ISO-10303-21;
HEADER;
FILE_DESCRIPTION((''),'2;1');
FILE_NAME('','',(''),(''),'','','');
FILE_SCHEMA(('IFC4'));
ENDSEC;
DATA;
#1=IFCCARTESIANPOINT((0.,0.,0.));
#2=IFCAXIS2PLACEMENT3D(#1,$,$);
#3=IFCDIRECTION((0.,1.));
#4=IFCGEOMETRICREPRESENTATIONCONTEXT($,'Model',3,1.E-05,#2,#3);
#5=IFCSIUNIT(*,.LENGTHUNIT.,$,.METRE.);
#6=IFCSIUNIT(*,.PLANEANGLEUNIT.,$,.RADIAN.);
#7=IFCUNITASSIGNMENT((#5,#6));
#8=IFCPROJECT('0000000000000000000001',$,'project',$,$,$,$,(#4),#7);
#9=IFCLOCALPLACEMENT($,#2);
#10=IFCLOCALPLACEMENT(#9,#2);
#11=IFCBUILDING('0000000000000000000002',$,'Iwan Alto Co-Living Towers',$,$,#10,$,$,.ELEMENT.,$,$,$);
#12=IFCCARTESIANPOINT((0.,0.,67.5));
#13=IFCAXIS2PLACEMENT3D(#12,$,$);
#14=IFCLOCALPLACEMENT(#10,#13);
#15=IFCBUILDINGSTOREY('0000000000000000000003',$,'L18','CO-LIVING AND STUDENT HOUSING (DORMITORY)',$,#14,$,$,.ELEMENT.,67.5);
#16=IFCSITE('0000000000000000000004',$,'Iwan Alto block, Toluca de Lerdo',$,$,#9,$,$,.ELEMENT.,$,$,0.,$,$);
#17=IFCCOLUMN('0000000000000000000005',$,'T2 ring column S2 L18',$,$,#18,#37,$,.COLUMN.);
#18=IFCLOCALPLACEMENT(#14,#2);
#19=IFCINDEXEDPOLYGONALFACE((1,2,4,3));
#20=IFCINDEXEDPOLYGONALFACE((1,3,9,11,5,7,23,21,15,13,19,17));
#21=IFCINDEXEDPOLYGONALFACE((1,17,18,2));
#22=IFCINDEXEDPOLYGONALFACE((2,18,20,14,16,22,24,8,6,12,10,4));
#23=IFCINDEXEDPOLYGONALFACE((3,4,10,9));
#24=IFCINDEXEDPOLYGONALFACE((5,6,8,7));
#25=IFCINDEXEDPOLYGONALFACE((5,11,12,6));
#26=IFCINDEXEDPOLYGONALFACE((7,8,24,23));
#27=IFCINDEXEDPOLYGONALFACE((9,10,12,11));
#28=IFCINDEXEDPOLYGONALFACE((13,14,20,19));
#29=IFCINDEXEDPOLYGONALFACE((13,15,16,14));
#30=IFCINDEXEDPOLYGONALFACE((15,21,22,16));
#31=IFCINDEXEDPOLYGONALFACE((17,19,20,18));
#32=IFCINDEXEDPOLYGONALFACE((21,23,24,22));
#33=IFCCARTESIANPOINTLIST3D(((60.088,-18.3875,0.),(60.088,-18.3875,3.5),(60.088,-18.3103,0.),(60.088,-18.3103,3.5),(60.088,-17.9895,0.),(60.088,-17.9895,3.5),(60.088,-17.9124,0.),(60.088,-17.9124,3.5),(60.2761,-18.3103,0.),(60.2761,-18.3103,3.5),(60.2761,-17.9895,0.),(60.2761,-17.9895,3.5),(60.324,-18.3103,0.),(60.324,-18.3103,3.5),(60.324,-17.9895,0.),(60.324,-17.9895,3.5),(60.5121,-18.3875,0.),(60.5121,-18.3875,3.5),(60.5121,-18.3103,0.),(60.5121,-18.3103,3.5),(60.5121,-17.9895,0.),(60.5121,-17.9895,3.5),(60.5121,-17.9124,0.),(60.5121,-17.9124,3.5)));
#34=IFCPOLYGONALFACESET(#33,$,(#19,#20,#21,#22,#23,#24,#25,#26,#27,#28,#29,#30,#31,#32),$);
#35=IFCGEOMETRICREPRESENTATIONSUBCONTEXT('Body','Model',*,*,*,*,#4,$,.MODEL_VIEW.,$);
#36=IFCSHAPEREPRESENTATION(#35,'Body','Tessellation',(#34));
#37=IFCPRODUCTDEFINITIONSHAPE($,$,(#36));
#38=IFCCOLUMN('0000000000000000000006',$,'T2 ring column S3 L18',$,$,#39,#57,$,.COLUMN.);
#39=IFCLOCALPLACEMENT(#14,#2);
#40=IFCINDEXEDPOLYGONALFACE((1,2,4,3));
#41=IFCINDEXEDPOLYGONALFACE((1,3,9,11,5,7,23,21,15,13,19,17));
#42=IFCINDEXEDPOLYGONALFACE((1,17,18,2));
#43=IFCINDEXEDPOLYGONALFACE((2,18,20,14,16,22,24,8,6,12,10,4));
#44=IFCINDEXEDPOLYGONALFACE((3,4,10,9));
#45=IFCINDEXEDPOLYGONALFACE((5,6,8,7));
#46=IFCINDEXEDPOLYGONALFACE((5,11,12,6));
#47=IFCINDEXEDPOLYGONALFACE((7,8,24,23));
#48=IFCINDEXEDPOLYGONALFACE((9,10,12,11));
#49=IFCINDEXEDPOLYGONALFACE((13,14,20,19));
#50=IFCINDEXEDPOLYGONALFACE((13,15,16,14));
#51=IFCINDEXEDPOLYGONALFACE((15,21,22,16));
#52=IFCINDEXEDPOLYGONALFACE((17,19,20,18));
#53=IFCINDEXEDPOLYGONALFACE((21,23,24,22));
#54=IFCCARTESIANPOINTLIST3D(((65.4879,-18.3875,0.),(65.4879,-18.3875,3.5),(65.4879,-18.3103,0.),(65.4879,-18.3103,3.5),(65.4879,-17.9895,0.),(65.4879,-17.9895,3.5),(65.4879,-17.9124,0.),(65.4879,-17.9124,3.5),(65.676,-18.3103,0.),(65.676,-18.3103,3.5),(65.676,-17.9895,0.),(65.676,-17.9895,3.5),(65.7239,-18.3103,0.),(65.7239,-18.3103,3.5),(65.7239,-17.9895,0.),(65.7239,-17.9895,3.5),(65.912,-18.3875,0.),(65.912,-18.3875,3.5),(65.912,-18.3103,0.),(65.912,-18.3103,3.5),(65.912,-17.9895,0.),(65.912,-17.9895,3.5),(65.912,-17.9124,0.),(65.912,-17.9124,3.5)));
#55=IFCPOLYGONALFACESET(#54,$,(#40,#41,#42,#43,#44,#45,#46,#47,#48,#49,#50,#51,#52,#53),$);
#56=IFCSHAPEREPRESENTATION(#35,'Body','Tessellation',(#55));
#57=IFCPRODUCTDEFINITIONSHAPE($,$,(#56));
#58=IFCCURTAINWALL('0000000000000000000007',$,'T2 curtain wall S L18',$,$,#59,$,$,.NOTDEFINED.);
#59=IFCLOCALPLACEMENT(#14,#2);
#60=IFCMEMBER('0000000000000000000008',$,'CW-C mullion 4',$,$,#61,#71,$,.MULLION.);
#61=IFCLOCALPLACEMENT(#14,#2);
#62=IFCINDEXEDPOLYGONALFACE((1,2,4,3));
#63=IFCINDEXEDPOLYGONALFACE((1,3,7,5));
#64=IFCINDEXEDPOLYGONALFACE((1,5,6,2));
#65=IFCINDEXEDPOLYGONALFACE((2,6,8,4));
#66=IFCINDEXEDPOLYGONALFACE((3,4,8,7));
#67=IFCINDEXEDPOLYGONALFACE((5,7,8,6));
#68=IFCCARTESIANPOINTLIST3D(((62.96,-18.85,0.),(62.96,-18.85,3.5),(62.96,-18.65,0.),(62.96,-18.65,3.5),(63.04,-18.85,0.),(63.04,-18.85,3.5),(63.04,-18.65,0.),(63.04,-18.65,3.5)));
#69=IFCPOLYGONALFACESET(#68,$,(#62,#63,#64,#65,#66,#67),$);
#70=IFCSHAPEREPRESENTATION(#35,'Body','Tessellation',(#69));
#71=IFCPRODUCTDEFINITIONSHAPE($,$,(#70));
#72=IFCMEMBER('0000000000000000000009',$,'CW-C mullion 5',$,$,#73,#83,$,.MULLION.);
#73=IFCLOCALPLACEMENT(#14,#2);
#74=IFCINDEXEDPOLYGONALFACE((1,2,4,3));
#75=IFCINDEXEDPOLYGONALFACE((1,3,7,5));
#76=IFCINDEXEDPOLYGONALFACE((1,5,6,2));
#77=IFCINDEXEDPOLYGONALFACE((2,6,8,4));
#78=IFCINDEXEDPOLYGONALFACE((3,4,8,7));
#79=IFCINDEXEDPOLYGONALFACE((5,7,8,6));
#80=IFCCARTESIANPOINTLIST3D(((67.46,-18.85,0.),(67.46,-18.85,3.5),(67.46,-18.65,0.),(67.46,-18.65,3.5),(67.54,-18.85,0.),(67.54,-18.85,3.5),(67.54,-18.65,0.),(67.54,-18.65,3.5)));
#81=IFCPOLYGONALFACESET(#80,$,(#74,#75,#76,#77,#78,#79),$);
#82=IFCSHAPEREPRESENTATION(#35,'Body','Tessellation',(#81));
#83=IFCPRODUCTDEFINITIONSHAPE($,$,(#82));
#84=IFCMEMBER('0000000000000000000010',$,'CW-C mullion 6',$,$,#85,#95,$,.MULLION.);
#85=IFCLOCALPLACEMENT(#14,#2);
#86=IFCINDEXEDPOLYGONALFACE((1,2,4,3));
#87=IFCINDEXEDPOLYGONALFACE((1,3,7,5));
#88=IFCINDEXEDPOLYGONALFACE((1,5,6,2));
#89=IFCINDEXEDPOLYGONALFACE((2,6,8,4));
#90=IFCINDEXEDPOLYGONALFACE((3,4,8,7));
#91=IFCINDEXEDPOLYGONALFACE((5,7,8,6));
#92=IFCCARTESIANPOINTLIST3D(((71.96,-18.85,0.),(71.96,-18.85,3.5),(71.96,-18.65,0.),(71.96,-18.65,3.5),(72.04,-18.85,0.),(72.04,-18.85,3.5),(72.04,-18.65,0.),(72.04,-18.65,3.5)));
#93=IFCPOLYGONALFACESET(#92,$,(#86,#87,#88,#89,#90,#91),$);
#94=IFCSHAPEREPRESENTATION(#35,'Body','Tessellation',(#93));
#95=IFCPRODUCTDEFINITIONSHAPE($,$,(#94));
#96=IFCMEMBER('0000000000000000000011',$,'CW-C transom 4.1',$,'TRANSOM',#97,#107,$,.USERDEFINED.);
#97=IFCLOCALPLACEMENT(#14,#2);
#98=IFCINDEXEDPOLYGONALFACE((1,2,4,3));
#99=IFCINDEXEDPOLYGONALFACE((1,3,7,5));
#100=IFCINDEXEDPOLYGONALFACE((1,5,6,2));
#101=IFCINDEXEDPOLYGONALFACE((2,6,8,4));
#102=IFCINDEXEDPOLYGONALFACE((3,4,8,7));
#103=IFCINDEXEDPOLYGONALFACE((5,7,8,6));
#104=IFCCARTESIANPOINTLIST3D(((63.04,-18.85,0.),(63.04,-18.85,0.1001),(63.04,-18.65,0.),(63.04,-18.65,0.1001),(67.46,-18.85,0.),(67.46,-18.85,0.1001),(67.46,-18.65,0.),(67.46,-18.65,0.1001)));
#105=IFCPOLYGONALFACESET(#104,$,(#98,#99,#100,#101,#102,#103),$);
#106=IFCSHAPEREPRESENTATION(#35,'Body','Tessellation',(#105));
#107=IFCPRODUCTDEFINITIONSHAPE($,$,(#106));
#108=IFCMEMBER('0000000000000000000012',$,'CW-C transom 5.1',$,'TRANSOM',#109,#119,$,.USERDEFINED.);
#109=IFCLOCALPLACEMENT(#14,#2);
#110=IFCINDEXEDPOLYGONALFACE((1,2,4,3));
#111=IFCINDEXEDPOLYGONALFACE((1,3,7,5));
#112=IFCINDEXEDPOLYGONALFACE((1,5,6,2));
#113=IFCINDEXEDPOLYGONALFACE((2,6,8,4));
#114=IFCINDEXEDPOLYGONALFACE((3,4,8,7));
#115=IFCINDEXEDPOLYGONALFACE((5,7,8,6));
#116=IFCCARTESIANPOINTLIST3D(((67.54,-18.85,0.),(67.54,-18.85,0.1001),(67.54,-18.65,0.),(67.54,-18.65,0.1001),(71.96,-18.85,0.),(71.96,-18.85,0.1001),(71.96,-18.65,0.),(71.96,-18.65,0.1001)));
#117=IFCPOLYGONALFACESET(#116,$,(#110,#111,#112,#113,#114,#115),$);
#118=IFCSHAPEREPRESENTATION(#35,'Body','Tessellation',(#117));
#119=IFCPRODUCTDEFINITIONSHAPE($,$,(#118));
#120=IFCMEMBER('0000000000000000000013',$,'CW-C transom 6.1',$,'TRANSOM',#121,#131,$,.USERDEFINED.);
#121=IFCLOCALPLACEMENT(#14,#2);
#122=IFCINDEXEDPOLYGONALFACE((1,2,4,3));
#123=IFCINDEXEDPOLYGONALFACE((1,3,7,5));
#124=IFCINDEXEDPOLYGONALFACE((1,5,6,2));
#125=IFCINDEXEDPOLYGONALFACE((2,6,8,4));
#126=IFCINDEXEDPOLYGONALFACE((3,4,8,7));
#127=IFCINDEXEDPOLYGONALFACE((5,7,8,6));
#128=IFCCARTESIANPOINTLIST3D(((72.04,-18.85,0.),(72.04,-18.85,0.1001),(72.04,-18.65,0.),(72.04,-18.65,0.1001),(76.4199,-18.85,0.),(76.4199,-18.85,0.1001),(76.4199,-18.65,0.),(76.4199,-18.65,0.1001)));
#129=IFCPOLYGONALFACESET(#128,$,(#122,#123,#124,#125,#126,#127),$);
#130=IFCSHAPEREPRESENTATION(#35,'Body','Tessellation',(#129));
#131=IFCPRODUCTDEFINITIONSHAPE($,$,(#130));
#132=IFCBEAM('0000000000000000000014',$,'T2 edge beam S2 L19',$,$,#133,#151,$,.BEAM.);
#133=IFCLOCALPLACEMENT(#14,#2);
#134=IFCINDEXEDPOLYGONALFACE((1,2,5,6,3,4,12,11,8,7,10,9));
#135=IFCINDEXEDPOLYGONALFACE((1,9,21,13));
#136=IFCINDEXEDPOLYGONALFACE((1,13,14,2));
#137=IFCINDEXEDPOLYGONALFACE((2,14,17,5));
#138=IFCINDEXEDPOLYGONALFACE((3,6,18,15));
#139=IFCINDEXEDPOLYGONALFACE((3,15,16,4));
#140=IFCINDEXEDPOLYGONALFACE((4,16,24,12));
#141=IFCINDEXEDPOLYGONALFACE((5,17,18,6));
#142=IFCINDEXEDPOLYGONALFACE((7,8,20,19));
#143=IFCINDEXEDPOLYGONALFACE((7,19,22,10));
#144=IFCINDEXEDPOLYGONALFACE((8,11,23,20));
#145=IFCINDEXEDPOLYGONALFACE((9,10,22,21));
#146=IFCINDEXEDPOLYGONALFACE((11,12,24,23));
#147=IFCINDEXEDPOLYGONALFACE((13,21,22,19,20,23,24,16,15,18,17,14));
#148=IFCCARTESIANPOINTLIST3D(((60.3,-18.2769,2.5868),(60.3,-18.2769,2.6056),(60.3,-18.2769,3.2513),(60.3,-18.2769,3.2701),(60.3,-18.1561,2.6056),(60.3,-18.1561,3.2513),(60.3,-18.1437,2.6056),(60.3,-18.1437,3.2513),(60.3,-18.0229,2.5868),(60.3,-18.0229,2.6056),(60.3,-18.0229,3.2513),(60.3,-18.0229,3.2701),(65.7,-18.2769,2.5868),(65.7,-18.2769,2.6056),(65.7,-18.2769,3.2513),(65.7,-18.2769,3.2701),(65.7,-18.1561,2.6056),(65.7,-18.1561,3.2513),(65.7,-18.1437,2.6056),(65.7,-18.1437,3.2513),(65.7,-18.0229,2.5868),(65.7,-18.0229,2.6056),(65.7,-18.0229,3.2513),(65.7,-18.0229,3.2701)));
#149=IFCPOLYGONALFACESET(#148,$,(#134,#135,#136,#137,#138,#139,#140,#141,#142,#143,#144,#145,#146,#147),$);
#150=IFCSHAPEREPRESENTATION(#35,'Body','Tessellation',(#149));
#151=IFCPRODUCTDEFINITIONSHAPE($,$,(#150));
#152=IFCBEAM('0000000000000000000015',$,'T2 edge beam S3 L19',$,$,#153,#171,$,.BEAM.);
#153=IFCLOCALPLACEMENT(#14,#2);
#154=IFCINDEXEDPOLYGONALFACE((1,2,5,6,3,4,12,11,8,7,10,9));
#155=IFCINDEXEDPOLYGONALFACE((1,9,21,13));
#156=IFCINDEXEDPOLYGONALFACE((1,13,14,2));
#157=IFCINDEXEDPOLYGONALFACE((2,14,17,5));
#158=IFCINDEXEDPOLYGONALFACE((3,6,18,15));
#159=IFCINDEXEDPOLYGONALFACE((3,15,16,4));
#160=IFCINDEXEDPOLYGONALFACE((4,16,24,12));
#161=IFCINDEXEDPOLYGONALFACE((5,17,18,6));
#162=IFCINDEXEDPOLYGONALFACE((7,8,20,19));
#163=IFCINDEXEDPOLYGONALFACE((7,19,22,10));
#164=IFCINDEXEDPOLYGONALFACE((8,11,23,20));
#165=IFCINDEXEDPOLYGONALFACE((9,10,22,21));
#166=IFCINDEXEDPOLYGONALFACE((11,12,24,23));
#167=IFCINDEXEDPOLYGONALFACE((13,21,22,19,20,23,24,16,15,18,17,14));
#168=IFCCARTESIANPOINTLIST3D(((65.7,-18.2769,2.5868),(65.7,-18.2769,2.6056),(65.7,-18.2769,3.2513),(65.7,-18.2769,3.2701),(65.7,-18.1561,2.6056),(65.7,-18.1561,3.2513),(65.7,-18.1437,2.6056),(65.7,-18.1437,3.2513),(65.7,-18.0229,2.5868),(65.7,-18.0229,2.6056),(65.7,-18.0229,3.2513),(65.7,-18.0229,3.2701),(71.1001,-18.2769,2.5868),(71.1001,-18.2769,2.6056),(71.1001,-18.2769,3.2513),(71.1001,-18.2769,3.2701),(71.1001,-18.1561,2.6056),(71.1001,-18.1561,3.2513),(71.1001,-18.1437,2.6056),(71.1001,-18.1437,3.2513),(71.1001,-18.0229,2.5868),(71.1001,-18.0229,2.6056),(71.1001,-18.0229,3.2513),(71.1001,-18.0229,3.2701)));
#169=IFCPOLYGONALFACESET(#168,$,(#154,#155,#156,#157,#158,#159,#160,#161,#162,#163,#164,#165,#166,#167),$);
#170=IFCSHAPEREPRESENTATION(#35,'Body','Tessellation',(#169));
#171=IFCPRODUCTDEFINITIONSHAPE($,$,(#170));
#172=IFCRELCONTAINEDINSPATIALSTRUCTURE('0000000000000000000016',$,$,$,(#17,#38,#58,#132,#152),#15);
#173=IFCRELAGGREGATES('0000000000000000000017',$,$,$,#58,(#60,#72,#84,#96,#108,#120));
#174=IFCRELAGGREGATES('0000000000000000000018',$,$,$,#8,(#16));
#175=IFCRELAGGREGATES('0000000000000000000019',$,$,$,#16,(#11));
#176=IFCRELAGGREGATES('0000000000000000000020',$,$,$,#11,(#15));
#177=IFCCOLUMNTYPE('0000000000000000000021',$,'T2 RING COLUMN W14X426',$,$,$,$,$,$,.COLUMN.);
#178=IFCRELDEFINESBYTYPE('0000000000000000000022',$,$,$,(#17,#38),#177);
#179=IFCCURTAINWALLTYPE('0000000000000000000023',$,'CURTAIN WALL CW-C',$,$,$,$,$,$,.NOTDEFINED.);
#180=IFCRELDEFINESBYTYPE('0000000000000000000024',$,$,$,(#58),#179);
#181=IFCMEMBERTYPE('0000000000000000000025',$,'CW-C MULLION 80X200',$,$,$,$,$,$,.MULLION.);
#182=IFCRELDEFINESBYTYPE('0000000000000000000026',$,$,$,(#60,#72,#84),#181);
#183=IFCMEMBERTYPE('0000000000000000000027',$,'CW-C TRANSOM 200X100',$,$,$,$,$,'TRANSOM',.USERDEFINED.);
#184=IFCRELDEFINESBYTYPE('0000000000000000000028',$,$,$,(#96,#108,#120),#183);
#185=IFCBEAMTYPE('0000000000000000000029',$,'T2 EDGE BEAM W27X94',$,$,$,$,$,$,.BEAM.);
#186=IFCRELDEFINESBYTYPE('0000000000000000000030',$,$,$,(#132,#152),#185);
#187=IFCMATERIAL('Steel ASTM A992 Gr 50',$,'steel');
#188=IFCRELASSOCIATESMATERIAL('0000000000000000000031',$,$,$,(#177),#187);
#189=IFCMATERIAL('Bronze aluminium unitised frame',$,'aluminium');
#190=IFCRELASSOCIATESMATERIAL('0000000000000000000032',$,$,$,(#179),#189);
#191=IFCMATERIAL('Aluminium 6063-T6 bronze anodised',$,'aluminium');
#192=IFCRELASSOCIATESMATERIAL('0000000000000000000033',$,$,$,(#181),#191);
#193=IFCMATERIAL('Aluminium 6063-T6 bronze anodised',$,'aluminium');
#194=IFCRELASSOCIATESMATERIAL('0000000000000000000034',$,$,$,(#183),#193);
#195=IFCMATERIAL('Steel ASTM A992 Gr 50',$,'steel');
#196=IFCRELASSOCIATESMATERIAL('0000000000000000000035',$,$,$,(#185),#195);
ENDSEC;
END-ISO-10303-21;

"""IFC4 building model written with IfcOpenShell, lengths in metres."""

from ifc_helpers import new_model, si_unit, direction, frame, origin, origin_2d, place, context, subcontext, project, spatial, rectangle, i_section, extrude, material, material_profile, profile_set, type_object, element, aggregate, save


model = new_model("IFC4")

# Units and contexts
model_context = context("Model", 3, precision=1e-05, world=origin(), true_north=direction((0.0, 1.0)))
body_context = subcontext(model_context, "Body", "Model", "MODEL_VIEW")
ifc_project = project(units=[si_unit("LENGTHUNIT", "METRE"), si_unit("PLANEANGLEUNIT", "RADIAN")], contexts=[model_context])

# Site, building, storey
site_placement = place(None, origin())
site = spatial("IfcSite", under=ifc_project, at=site_placement, Name="Iwan Alto block, Toluca de Lerdo", CompositionType="ELEMENT", RefElevation=0.0)
building_placement = place(site_placement, origin())
building = spatial("IfcBuilding", under=site, at=building_placement, Name="Iwan Alto Co-Living Towers", CompositionType="ELEMENT")
storey_placement = place(building_placement, frame((0.0, 0.0, 67.5)))
storey = spatial("IfcBuildingStorey", under=building, at=storey_placement, Name="L18", Description="CO-LIVING AND STUDENT HOUSING (DORMITORY)", CompositionType="ELEMENT", Elevation=67.5)

# Columns
ifc_material_1 = material(Name="Steel ASTM A992 Gr 50", Category="steel")
ifc_material_profile_1 = material_profile(ifc_material_1, i_section(OverallWidth=0.4241, OverallDepth=0.4751, WebThickness=0.0479, FlangeThickness=0.0771, at=origin_2d()), Name="W14X426")
ifc_profile_set_1 = profile_set([ifc_material_profile_1], Name="Steel ASTM A992 Gr 50")
column_type = type_object("IfcColumnType", Name="T2 RING COLUMN W14X426", PredefinedType="COLUMN", material=ifc_profile_set_1)
for number, where, z_axis, x_axis, name in (
    (1, (60.3, -18.1499, 0.0), (0.0, 0.0, 1.0), (1.0, 0.0, 0.0), "T2 ring column S2 L18"),
    (2, (65.7, -18.1499, 0.0), (0.0, 0.0, 1.0), (1.0, 0.0, 0.0), "T2 ring column S3 L18"),
):
    element("IfcColumn", number, at=place(storey_placement, frame(where, z_axis=z_axis, x_axis=x_axis)), inside=storey, type_object=column_type, Name=name, PredefinedType="COLUMN", context=body_context, shape_type="SweptSolid", body=[
        extrude(i_section(OverallWidth=0.4241, OverallDepth=0.4751, WebThickness=0.0479, FlangeThickness=0.0771, at=origin_2d()), origin(), (0.0, 0.0, 1.0), 3.5),
    ])

# Curtain wall, members
ifc_material_2 = material(Name="Bronze aluminium unitised frame", Category="aluminium")
curtain_wall_type = type_object("IfcCurtainWallType", Name="CURTAIN WALL CW-C", PredefinedType="NOTDEFINED", material=ifc_material_2)
curtain_wall_placement = place(storey_placement, origin())
curtain_wall = element("IfcCurtainWall", 3, at=curtain_wall_placement, inside=storey, type_object=curtain_wall_type, Name="T2 curtain wall S L18", PredefinedType="NOTDEFINED")
ifc_material_3 = material(Name="Aluminium 6063-T6 bronze anodised", Category="aluminium")
ifc_material_profile_2 = material_profile(ifc_material_3, rectangle(XDim=0.2, YDim=0.0801, at=origin_2d()), Name="AL 80X200")
ifc_profile_set_2 = profile_set([ifc_material_profile_2], Name="Aluminium 6063-T6 bronze anodised")
member_type_1 = type_object("IfcMemberType", Name="CW-C MULLION 80X200", PredefinedType="MULLION", material=ifc_profile_set_2)
member_1_placement = place(storey_placement, frame((63.0, -18.75, 0.0), z_axis=(0.0, 0.0, 1.0), x_axis=(0.0, 1.0, 0.0)))
member_1 = element("IfcMember", 4, at=member_1_placement, type_object=member_type_1, Name="CW-C mullion 4", PredefinedType="MULLION", context=body_context, shape_type="SweptSolid", body=[
    extrude(rectangle(XDim=0.2, YDim=0.0801, at=origin_2d()), origin(), (0.0, 0.0, 1.0), 3.5),
])
member_2_placement = place(storey_placement, frame((67.5, -18.75, 0.0), z_axis=(0.0, 0.0, 1.0), x_axis=(0.0, 1.0, 0.0)))
member_2 = element("IfcMember", 5, at=member_2_placement, type_object=member_type_1, Name="CW-C mullion 5", PredefinedType="MULLION", context=body_context, shape_type="SweptSolid", body=[
    extrude(rectangle(XDim=0.2, YDim=0.0801, at=origin_2d()), origin(), (0.0, 0.0, 1.0), 3.5),
])
member_3_placement = place(storey_placement, frame((72.0, -18.75, 0.0), z_axis=(0.0, 0.0, 1.0), x_axis=(0.0, 1.0, 0.0)))
member_3 = element("IfcMember", 6, at=member_3_placement, type_object=member_type_1, Name="CW-C mullion 6", PredefinedType="MULLION", context=body_context, shape_type="SweptSolid", body=[
    extrude(rectangle(XDim=0.2, YDim=0.0801, at=origin_2d()), origin(), (0.0, 0.0, 1.0), 3.5),
])
ifc_material_4 = material(Name="Aluminium 6063-T6 bronze anodised", Category="aluminium")
ifc_material_profile_3 = material_profile(ifc_material_4, rectangle(XDim=0.2, YDim=0.1001, at=origin_2d()), Name="AL 200X100")
ifc_profile_set_3 = profile_set([ifc_material_profile_3], Name="Aluminium 6063-T6 bronze anodised")
member_type_2 = type_object("IfcMemberType", Name="CW-C TRANSOM 200X100", ElementType="TRANSOM", PredefinedType="USERDEFINED", material=ifc_profile_set_3)
member_4_placement = place(storey_placement, frame((63.04, -18.75, 0.05), z_axis=(1.0, 0.0, 0.0), x_axis=(0.0, 1.0, 0.0)))
member_4 = element("IfcMember", 7, at=member_4_placement, type_object=member_type_2, Name="CW-C transom 4.1", ObjectType="TRANSOM", PredefinedType="USERDEFINED", context=body_context, shape_type="SweptSolid", body=[
    extrude(rectangle(XDim=0.2, YDim=0.1001, at=origin_2d()), origin(), (0.0, 0.0, 1.0), 4.4199),
])
member_5_placement = place(storey_placement, frame((67.54, -18.75, 0.05), z_axis=(1.0, 0.0, 0.0), x_axis=(0.0, 1.0, 0.0)))
member_5 = element("IfcMember", 8, at=member_5_placement, type_object=member_type_2, Name="CW-C transom 5.1", ObjectType="TRANSOM", PredefinedType="USERDEFINED", context=body_context, shape_type="SweptSolid", body=[
    extrude(rectangle(XDim=0.2, YDim=0.1001, at=origin_2d()), origin(), (0.0, 0.0, 1.0), 4.4199),
])
member_6_placement = place(storey_placement, frame((72.04, -18.75, 0.05), z_axis=(1.0, 0.0, 0.0), x_axis=(0.0, 1.0, 0.0)))
member_6 = element("IfcMember", 9, at=member_6_placement, type_object=member_type_2, Name="CW-C transom 6.1", ObjectType="TRANSOM", PredefinedType="USERDEFINED", context=body_context, shape_type="SweptSolid", body=[
    extrude(rectangle(XDim=0.2, YDim=0.1001, at=origin_2d()), origin(), (0.0, 0.0, 1.0), 4.3799),
])

# Beams
ifc_material_5 = material(Name="Steel ASTM A992 Gr 50", Category="steel")
ifc_material_profile_4 = material_profile(ifc_material_5, i_section(OverallWidth=0.2539, OverallDepth=0.6833, WebThickness=0.0125, FlangeThickness=0.0188, at=origin_2d()), Name="W27X94")
ifc_profile_set_4 = profile_set([ifc_material_profile_4], Name="Steel ASTM A992 Gr 50")
beam_type_1 = type_object("IfcBeamType", Name="T2 EDGE BEAM W27X94", PredefinedType="BEAM", material=ifc_profile_set_4)
beam_1_placement = place(storey_placement, frame((60.3, -18.1499, 2.9285), z_axis=(1.0, 0.0, 0.0), x_axis=(0.0, 1.0, 0.0)))
element("IfcBeam", 10, at=beam_1_placement, inside=storey, type_object=beam_type_1, Name="T2 edge beam S2 L19", PredefinedType="BEAM", context=body_context, shape_type="SweptSolid", body=[
    extrude(i_section(OverallWidth=0.2539, OverallDepth=0.6833, WebThickness=0.0125, FlangeThickness=0.0188, at=origin_2d()), origin(), (0.0, 0.0, 1.0), 5.3999),
])
beam_2_placement = place(storey_placement, frame((65.7, -18.1499, 2.9285), z_axis=(1.0, 0.0, 0.0), x_axis=(0.0, 1.0, 0.0)))
element("IfcBeam", 11, at=beam_2_placement, inside=storey, type_object=beam_type_1, Name="T2 edge beam S3 L19", PredefinedType="BEAM", context=body_context, shape_type="SweptSolid", body=[
    extrude(i_section(OverallWidth=0.2539, OverallDepth=0.6833, WebThickness=0.0125, FlangeThickness=0.0188, at=origin_2d()), origin(), (0.0, 0.0, 1.0), 5.4001),
])

aggregate(curtain_wall, [member_1, member_2, member_3, member_4, member_5, member_6])

save(model, "model.ifc")
